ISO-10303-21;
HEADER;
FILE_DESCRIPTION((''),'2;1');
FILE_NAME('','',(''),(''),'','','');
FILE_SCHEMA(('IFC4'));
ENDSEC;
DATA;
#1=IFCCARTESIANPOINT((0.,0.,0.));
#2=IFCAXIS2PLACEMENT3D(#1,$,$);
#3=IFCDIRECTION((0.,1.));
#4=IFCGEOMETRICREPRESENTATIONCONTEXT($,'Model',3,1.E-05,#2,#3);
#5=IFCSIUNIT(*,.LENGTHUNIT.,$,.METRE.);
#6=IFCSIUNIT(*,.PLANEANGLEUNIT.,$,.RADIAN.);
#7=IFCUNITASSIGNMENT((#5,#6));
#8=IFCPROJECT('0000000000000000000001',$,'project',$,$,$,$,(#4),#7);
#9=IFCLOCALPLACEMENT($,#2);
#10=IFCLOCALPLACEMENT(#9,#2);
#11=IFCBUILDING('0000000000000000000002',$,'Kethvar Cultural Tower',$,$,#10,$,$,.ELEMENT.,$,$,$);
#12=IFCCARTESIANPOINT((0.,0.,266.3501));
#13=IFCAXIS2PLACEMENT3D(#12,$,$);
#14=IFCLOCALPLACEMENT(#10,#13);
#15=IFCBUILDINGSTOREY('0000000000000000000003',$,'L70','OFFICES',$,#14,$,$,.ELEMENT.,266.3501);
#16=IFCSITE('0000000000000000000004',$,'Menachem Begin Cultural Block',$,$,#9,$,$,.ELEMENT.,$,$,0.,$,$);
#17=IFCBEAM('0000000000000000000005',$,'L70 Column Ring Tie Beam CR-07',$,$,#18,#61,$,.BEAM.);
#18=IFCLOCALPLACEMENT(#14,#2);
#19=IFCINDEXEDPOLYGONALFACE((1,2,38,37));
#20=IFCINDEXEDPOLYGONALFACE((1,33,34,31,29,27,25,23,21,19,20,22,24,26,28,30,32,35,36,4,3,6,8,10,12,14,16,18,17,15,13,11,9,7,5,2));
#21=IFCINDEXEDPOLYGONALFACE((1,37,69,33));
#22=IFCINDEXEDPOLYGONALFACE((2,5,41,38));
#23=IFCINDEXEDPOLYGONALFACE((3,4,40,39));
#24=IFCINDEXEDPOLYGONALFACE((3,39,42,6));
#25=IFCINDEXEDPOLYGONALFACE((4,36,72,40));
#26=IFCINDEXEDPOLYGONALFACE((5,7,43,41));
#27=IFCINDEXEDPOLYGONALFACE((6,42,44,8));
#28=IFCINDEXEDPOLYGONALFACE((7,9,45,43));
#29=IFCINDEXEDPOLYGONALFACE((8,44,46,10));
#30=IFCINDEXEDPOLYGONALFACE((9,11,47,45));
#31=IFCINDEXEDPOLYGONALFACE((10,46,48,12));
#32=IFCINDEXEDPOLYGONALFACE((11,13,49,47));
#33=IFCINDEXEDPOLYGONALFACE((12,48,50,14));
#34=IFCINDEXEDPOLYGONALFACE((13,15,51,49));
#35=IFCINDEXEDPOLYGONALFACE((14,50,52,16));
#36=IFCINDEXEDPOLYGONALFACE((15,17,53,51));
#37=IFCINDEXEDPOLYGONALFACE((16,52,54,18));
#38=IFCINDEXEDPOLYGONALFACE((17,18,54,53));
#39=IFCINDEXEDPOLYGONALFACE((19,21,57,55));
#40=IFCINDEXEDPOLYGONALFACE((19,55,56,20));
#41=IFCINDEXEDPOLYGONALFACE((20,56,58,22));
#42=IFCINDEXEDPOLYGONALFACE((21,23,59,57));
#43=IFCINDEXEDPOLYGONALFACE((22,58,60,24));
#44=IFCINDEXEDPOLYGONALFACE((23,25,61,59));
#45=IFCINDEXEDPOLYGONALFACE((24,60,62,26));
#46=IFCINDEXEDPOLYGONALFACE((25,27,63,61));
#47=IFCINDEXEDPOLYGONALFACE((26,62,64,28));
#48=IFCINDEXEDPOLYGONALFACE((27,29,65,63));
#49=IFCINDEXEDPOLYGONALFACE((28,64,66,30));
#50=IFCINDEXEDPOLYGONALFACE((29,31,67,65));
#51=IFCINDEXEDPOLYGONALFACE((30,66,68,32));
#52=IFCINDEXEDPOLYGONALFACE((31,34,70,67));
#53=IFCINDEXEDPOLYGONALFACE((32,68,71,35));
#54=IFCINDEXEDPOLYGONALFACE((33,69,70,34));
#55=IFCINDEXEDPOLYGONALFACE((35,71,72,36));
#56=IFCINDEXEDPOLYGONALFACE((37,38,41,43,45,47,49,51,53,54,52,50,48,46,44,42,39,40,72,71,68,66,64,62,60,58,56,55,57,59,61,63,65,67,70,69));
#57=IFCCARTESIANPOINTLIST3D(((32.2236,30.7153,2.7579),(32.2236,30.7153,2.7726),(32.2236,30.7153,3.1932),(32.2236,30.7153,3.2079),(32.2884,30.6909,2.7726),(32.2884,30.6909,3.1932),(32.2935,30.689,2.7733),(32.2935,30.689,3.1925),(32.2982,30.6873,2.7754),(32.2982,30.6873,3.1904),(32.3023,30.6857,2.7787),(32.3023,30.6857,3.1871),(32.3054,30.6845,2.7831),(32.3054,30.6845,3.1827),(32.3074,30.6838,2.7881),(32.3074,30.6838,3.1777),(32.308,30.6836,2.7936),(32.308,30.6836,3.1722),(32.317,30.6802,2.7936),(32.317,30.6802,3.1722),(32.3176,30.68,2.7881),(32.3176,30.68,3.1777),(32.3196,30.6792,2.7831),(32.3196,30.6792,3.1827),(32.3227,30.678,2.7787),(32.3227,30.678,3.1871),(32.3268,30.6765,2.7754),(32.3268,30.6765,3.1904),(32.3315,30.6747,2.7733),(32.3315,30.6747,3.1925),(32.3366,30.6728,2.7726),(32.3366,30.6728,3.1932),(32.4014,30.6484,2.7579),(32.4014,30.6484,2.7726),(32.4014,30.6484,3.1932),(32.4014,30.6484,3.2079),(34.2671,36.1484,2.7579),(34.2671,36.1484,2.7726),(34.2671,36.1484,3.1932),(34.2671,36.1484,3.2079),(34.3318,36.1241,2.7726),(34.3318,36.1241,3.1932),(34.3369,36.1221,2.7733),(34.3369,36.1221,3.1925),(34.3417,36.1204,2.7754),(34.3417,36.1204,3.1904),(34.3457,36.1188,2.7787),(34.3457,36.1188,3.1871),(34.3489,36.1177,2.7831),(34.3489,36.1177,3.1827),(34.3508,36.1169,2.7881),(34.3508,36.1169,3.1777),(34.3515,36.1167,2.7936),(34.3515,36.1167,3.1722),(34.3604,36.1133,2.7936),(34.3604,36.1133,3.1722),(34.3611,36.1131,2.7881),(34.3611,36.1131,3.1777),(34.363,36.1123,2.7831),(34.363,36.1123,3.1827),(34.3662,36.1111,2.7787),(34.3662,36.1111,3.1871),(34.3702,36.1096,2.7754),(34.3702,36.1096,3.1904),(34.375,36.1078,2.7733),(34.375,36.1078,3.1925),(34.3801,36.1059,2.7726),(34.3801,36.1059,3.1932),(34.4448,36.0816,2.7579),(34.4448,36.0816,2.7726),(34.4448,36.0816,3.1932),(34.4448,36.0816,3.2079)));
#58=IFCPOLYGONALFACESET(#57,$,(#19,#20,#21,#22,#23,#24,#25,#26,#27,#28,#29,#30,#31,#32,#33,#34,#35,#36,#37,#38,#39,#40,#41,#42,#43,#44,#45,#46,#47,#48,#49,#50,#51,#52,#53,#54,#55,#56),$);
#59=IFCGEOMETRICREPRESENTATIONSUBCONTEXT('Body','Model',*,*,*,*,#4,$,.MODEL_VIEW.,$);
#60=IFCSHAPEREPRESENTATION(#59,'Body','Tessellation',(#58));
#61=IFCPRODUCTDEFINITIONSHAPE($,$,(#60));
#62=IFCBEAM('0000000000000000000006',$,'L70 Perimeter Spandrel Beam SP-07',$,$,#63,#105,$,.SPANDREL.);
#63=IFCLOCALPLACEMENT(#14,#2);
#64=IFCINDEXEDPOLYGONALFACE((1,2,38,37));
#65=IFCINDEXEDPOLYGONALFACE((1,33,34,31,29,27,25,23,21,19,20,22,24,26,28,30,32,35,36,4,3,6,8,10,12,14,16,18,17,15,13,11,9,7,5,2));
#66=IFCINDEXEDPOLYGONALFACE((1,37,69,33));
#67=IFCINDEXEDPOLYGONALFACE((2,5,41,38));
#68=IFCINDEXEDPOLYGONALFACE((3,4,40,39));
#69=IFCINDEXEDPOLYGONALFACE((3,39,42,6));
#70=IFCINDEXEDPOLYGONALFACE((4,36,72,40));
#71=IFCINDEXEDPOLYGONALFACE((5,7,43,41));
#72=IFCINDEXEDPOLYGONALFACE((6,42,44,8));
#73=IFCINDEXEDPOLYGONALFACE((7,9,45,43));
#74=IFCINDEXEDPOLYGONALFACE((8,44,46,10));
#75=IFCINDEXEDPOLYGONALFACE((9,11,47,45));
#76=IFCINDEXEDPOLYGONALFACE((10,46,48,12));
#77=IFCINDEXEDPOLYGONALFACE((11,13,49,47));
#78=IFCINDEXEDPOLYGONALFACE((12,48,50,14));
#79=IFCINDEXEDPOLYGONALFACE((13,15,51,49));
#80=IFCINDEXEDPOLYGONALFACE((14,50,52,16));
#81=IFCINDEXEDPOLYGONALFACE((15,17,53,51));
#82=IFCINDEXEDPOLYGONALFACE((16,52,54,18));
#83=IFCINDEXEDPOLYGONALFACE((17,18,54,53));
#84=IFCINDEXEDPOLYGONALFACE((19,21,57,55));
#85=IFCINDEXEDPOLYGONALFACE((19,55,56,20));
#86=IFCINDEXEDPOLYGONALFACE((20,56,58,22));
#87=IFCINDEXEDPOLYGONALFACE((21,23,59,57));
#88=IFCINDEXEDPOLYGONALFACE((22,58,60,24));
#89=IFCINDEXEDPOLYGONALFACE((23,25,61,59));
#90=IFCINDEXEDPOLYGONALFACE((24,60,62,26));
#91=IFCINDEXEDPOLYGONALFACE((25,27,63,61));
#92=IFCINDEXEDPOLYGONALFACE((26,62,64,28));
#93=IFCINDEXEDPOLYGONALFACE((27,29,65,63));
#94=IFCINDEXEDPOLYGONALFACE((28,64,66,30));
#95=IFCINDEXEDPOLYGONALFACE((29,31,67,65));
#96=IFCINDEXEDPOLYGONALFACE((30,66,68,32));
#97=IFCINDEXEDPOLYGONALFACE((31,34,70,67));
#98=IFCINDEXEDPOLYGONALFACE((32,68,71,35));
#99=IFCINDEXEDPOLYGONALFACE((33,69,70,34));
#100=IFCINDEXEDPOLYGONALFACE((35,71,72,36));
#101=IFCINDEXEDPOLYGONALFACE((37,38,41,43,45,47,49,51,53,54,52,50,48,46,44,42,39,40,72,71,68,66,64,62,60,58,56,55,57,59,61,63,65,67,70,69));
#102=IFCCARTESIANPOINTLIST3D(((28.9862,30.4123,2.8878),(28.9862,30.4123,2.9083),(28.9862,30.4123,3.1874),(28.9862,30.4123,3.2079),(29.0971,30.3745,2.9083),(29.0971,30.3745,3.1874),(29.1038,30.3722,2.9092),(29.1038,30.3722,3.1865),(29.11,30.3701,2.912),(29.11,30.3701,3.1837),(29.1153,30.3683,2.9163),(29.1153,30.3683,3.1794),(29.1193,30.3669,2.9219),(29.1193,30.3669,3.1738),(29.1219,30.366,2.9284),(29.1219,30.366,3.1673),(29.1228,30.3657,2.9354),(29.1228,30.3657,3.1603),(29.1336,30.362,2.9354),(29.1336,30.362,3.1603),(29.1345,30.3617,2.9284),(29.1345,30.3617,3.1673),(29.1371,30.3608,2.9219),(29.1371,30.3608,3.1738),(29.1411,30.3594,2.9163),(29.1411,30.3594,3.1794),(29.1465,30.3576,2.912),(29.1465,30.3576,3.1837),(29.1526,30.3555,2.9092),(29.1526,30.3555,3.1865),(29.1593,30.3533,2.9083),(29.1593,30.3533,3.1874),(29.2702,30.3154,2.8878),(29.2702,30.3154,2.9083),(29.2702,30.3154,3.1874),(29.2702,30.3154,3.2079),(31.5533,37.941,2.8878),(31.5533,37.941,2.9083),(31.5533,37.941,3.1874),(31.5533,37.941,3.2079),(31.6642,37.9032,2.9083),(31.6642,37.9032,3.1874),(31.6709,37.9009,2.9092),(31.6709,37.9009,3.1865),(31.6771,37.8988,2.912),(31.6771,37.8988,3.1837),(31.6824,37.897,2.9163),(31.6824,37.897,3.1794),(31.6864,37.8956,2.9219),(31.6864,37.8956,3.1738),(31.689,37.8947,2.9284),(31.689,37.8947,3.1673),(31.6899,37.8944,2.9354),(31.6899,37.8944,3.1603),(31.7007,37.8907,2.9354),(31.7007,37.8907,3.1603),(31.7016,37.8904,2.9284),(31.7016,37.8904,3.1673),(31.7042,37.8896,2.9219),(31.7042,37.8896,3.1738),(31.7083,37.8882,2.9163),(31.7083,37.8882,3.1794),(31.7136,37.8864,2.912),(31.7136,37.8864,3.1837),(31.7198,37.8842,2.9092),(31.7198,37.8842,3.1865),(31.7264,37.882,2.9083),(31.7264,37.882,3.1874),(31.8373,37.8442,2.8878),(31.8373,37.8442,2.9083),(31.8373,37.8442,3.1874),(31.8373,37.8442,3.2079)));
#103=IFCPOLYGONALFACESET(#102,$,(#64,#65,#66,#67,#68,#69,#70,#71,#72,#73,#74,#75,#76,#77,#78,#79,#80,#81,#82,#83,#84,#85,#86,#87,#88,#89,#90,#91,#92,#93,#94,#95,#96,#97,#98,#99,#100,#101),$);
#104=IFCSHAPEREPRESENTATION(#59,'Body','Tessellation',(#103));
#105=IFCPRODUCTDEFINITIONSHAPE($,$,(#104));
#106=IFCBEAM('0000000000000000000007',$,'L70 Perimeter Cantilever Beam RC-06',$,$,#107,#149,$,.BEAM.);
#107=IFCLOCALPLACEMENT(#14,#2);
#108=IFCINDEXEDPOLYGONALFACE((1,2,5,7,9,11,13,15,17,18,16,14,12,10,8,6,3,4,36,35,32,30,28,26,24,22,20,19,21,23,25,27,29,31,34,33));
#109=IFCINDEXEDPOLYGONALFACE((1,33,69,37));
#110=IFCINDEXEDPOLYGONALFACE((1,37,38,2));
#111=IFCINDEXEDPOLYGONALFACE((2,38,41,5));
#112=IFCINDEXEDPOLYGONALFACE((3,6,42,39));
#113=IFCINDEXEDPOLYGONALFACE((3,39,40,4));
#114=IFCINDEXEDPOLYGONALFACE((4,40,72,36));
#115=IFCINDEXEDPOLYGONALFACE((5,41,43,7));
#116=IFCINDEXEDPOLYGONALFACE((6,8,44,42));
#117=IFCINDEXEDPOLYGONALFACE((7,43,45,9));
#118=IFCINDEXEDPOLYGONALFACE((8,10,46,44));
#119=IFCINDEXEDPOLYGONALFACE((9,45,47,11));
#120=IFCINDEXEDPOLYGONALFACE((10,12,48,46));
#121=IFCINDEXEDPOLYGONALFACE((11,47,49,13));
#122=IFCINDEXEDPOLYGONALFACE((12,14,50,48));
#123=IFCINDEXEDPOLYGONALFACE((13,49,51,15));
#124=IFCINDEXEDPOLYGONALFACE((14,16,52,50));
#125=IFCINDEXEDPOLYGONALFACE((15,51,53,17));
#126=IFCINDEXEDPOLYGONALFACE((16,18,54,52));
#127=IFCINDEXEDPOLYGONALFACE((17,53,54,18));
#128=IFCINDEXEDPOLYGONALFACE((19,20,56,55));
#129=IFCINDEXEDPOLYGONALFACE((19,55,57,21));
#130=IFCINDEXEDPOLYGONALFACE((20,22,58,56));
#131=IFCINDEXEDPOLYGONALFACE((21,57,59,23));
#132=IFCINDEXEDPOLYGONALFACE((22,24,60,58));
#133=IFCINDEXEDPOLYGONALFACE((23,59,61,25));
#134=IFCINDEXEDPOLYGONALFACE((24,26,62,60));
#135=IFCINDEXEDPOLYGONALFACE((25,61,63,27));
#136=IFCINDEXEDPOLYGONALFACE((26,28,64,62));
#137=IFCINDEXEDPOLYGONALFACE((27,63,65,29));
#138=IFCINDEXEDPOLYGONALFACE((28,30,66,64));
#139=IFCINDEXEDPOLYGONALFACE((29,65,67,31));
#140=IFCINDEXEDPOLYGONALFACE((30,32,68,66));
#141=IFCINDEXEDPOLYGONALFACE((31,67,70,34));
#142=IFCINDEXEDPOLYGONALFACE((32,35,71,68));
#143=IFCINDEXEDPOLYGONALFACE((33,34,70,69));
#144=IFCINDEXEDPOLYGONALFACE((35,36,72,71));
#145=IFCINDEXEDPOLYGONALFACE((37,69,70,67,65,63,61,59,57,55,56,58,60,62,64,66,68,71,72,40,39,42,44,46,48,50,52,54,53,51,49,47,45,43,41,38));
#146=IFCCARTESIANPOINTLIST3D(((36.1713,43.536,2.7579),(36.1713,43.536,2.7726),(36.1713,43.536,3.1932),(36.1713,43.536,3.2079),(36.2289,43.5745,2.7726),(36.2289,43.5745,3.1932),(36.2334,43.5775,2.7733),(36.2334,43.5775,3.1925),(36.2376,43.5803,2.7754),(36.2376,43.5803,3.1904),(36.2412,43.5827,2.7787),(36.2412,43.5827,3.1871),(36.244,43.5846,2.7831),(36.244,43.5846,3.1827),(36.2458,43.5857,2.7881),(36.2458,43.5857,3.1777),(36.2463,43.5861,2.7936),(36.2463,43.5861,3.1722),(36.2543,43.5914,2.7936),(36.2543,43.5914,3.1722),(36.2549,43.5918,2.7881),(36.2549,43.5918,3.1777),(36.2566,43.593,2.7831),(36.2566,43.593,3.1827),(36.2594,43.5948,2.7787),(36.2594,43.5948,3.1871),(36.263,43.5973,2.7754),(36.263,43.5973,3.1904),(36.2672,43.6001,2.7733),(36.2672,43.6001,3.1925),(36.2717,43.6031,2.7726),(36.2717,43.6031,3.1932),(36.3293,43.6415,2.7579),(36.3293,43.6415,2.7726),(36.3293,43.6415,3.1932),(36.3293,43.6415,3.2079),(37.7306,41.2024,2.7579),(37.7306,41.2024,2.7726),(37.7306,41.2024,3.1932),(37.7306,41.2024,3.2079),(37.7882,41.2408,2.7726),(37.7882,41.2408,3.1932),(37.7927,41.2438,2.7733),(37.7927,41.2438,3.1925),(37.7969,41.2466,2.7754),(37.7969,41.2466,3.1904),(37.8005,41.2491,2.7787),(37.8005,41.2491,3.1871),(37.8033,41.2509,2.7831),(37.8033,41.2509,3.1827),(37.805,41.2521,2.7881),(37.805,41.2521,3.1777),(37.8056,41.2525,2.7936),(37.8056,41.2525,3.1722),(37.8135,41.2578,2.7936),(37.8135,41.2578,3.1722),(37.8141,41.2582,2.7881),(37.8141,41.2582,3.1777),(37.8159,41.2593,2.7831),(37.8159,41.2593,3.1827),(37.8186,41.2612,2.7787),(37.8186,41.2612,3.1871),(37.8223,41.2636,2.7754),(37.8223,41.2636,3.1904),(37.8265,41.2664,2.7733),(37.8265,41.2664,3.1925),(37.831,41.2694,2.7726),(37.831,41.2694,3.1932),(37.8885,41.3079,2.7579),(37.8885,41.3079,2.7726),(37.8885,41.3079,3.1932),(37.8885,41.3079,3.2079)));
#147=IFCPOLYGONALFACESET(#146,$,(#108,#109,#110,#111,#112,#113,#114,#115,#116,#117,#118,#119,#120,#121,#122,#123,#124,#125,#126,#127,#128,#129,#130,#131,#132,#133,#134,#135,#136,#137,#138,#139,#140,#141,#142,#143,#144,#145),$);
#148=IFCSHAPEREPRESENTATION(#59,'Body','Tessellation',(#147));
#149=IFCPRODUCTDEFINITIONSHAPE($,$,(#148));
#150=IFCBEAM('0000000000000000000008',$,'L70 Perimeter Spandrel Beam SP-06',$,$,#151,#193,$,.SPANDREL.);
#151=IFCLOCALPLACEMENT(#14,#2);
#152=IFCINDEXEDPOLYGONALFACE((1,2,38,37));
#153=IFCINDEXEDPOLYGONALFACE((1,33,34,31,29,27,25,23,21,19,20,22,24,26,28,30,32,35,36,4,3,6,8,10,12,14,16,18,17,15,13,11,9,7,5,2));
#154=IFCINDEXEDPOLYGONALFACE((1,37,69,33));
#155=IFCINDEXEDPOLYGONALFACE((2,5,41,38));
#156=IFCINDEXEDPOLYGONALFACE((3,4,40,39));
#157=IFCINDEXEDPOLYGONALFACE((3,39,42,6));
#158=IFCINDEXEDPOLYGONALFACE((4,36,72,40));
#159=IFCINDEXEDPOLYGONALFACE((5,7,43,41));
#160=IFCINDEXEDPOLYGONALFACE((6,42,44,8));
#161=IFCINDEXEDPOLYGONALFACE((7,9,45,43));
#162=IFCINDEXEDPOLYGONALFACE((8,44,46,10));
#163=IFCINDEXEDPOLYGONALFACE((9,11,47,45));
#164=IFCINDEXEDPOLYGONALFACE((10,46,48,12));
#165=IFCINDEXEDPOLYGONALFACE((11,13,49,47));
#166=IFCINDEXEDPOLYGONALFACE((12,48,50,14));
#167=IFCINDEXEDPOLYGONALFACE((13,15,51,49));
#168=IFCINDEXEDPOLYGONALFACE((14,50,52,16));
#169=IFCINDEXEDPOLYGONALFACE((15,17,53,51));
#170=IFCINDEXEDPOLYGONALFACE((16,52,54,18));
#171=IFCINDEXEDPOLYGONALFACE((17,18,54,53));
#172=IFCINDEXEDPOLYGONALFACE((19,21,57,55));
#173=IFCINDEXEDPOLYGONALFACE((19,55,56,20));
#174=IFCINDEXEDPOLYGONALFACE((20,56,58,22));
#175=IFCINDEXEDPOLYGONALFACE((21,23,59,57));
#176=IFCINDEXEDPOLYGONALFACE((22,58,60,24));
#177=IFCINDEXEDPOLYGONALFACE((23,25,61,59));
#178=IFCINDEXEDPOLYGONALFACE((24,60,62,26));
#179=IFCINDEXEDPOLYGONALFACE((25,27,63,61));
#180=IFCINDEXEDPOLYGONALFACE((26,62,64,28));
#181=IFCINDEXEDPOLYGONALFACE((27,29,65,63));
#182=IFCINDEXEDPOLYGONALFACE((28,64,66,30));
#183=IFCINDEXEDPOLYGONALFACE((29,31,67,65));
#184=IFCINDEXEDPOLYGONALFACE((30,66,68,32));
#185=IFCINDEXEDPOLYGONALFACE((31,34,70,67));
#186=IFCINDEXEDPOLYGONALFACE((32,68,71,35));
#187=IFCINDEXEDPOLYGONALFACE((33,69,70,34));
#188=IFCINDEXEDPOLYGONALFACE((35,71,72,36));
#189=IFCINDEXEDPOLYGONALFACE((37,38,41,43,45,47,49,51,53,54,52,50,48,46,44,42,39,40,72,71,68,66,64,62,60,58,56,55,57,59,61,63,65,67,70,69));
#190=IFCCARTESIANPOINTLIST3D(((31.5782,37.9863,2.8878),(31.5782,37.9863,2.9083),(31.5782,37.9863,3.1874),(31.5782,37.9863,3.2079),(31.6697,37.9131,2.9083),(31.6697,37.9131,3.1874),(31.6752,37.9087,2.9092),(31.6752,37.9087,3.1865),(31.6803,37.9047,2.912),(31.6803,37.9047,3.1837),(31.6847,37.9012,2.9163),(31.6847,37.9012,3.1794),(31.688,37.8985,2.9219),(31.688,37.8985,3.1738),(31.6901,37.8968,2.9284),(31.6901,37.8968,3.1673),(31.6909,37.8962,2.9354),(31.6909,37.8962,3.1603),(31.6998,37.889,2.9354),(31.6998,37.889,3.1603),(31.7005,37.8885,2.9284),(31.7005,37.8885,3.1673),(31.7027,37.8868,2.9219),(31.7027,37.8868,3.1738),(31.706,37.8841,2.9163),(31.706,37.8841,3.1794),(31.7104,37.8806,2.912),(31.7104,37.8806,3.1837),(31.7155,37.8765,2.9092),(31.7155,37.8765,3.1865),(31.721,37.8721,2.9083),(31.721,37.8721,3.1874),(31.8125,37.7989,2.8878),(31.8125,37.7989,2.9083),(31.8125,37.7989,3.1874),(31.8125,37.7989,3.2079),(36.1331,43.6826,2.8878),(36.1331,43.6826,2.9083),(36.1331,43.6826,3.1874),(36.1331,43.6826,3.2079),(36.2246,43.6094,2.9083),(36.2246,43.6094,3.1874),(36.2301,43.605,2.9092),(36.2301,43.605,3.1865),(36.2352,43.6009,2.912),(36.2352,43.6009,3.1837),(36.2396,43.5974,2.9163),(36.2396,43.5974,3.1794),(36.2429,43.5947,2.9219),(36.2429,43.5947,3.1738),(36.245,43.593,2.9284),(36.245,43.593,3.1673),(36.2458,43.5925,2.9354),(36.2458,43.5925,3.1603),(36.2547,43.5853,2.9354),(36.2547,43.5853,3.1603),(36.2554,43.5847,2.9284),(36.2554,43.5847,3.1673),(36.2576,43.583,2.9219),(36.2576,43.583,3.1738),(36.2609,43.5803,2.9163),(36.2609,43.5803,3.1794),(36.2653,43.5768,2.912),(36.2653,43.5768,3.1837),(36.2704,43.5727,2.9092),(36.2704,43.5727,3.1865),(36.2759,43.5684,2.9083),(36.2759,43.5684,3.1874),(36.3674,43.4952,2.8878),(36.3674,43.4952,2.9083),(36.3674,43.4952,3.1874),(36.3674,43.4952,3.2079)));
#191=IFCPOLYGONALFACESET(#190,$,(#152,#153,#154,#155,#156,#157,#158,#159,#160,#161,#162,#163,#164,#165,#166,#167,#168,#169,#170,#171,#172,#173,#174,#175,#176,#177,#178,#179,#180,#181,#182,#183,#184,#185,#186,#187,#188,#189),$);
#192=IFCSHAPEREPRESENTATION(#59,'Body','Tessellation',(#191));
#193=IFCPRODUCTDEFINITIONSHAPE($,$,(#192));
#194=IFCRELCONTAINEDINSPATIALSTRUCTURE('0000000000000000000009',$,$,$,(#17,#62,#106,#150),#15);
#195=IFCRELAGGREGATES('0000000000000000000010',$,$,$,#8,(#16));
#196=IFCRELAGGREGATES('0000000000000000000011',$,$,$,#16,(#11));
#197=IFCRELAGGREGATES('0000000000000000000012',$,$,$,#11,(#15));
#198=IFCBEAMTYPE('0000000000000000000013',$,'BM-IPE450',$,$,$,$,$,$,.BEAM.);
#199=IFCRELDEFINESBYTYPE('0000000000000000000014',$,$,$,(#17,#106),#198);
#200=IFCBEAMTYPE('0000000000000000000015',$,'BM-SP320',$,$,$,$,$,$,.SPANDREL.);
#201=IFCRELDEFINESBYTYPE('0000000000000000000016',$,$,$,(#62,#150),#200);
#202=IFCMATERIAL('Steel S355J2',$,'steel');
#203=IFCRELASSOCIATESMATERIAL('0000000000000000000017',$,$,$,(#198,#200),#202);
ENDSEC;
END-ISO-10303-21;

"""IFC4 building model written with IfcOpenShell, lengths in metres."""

from ifc_helpers import new_model, si_unit, direction, frame, origin, origin_2d, place, context, subcontext, project, spatial, i_section, extrude, source, transform, mapped, material, material_profile, profile_set, type_object, element, save


model = new_model("IFC4")

# Units and contexts
model_context = context("Model", 3, precision=1e-05, world=origin(), true_north=direction((0.0, 1.0)))
body_context = subcontext(model_context, "Body", "Model", "MODEL_VIEW")
ifc_project = project(units=[si_unit("LENGTHUNIT", "METRE"), si_unit("PLANEANGLEUNIT", "RADIAN")], contexts=[model_context])

# Site, building, storey
site_placement = place(None, origin())
site = spatial("IfcSite", under=ifc_project, at=site_placement, Name="Menachem Begin Cultural Block", CompositionType="ELEMENT", RefElevation=0.0)
building_placement = place(site_placement, origin())
building = spatial("IfcBuilding", under=site, at=building_placement, Name="Kethvar Cultural Tower", CompositionType="ELEMENT")
storey_placement = place(building_placement, frame((0.0, 0.0, 266.3501)))
storey = spatial("IfcBuildingStorey", under=building, at=storey_placement, Name="L70", Description="OFFICES", CompositionType="ELEMENT", Elevation=266.3501)

# Shared definitions
ifc_material_1 = material(Name="Steel S355J2", Category="steel")

# Beams
ifc_material_profile_1 = material_profile(ifc_material_1, i_section(OverallWidth=0.1899, OverallDepth=0.45, WebThickness=0.0095, FlangeThickness=0.0146, FilletRadius=0.021, at=origin_2d()), Name="Steel S355J2 — IPE450")
ifc_profile_set_1 = profile_set([ifc_material_profile_1], Name="Steel S355J2 — IPE450")
beam_type_1 = type_object("IfcBeamType", Name="BM-IPE450", PredefinedType="BEAM", material=ifc_profile_set_1)
shared_shape_1 = source(origin(), body_context, "Body", "SweptSolid", [
    extrude(i_section(OverallWidth=0.1899, OverallDepth=0.45, WebThickness=0.0095, FlangeThickness=0.0146, FilletRadius=0.021, at=origin_2d()), origin(), (0.0, 0.0, 1.0), 5.8047),
])
beam_1_placement = place(storey_placement, frame((34.356, 36.115, 2.9829), z_axis=(-0.352036, -0.935986, 0.0), x_axis=(0.935986, -0.352036, 0.0)))
element("IfcBeam", 1, at=beam_1_placement, inside=storey, type_object=beam_type_1, Name="L70 Column Ring Tie Beam CR-07", PredefinedType="BEAM", context=body_context, shape_type="MappedRepresentation", body=[
    mapped(shared_shape_1, transform((0.0, 0.0, 0.0), scale=1.0)),
])
ifc_material_profile_2 = material_profile(ifc_material_1, i_section(OverallWidth=0.3, OverallDepth=0.3201, WebThickness=0.0115, FlangeThickness=0.0205, FilletRadius=0.0271, at=origin_2d()), Name="Steel S355J2 — HEB320")
ifc_profile_set_2 = profile_set([ifc_material_profile_2], Name="Steel S355J2 — HEB320")
beam_type_2 = type_object("IfcBeamType", Name="BM-SP320", PredefinedType="SPANDREL", material=ifc_profile_set_2)
shared_shape_2 = source(origin(), body_context, "Body", "SweptSolid", [
    extrude(i_section(OverallWidth=0.3, OverallDepth=0.3201, WebThickness=0.0115, FlangeThickness=0.0205, FilletRadius=0.0271, at=origin_2d()), origin(), (0.0, 0.0, 1.0), 7.9543),
])
beam_2_placement = place(storey_placement, frame((31.6953, 37.8926, 3.0479), z_axis=(-0.32273, -0.946491, 0.0), x_axis=(0.946491, -0.32273, 0.0)))
element("IfcBeam", 2, at=beam_2_placement, inside=storey, type_object=beam_type_2, Name="L70 Perimeter Spandrel Beam SP-07", PredefinedType="SPANDREL", context=body_context, shape_type="MappedRepresentation", body=[
    mapped(shared_shape_2, transform((0.0, 0.0, 0.0), scale=1.0)),
])
shared_shape_3 = source(origin(), body_context, "Body", "SweptSolid", [
    extrude(i_section(OverallWidth=0.1899, OverallDepth=0.45, WebThickness=0.0095, FlangeThickness=0.0146, FilletRadius=0.021, at=origin_2d()), origin(), (0.0, 0.0, 1.0), 2.8066),
])
beam_3_placement = place(storey_placement, frame((37.8096, 41.2551, 2.9829), z_axis=(-0.555563, 0.831474, 0.0), x_axis=(-0.831474, -0.555563, 0.0)))
element("IfcBeam", 3, at=beam_3_placement, inside=storey, type_object=beam_type_1, Name="L70 Perimeter Cantilever Beam RC-06", PredefinedType="BEAM", context=body_context, shape_type="MappedRepresentation", body=[
    mapped(shared_shape_3, transform((0.0, 0.0, 0.0), scale=1.0)),
])
shared_shape_4 = source(origin(), body_context, "Body", "SweptSolid", [
    extrude(i_section(OverallWidth=0.3, OverallDepth=0.3201, WebThickness=0.0115, FlangeThickness=0.0205, FilletRadius=0.0271, at=origin_2d()), origin(), (0.0, 0.0, 1.0), 7.2935),
])
beam_4_placement = place(storey_placement, frame((36.2502, 43.5889, 3.0479), z_axis=(-0.624519, -0.781009, 0.0), x_axis=(0.781009, -0.624519, 0.0)))
element("IfcBeam", 4, at=beam_4_placement, inside=storey, type_object=beam_type_2, Name="L70 Perimeter Spandrel Beam SP-06", PredefinedType="SPANDREL", context=body_context, shape_type="MappedRepresentation", body=[
    mapped(shared_shape_4, transform((0.0, 0.0, 0.0), scale=1.0)),
])

save(model, "model.ifc")
